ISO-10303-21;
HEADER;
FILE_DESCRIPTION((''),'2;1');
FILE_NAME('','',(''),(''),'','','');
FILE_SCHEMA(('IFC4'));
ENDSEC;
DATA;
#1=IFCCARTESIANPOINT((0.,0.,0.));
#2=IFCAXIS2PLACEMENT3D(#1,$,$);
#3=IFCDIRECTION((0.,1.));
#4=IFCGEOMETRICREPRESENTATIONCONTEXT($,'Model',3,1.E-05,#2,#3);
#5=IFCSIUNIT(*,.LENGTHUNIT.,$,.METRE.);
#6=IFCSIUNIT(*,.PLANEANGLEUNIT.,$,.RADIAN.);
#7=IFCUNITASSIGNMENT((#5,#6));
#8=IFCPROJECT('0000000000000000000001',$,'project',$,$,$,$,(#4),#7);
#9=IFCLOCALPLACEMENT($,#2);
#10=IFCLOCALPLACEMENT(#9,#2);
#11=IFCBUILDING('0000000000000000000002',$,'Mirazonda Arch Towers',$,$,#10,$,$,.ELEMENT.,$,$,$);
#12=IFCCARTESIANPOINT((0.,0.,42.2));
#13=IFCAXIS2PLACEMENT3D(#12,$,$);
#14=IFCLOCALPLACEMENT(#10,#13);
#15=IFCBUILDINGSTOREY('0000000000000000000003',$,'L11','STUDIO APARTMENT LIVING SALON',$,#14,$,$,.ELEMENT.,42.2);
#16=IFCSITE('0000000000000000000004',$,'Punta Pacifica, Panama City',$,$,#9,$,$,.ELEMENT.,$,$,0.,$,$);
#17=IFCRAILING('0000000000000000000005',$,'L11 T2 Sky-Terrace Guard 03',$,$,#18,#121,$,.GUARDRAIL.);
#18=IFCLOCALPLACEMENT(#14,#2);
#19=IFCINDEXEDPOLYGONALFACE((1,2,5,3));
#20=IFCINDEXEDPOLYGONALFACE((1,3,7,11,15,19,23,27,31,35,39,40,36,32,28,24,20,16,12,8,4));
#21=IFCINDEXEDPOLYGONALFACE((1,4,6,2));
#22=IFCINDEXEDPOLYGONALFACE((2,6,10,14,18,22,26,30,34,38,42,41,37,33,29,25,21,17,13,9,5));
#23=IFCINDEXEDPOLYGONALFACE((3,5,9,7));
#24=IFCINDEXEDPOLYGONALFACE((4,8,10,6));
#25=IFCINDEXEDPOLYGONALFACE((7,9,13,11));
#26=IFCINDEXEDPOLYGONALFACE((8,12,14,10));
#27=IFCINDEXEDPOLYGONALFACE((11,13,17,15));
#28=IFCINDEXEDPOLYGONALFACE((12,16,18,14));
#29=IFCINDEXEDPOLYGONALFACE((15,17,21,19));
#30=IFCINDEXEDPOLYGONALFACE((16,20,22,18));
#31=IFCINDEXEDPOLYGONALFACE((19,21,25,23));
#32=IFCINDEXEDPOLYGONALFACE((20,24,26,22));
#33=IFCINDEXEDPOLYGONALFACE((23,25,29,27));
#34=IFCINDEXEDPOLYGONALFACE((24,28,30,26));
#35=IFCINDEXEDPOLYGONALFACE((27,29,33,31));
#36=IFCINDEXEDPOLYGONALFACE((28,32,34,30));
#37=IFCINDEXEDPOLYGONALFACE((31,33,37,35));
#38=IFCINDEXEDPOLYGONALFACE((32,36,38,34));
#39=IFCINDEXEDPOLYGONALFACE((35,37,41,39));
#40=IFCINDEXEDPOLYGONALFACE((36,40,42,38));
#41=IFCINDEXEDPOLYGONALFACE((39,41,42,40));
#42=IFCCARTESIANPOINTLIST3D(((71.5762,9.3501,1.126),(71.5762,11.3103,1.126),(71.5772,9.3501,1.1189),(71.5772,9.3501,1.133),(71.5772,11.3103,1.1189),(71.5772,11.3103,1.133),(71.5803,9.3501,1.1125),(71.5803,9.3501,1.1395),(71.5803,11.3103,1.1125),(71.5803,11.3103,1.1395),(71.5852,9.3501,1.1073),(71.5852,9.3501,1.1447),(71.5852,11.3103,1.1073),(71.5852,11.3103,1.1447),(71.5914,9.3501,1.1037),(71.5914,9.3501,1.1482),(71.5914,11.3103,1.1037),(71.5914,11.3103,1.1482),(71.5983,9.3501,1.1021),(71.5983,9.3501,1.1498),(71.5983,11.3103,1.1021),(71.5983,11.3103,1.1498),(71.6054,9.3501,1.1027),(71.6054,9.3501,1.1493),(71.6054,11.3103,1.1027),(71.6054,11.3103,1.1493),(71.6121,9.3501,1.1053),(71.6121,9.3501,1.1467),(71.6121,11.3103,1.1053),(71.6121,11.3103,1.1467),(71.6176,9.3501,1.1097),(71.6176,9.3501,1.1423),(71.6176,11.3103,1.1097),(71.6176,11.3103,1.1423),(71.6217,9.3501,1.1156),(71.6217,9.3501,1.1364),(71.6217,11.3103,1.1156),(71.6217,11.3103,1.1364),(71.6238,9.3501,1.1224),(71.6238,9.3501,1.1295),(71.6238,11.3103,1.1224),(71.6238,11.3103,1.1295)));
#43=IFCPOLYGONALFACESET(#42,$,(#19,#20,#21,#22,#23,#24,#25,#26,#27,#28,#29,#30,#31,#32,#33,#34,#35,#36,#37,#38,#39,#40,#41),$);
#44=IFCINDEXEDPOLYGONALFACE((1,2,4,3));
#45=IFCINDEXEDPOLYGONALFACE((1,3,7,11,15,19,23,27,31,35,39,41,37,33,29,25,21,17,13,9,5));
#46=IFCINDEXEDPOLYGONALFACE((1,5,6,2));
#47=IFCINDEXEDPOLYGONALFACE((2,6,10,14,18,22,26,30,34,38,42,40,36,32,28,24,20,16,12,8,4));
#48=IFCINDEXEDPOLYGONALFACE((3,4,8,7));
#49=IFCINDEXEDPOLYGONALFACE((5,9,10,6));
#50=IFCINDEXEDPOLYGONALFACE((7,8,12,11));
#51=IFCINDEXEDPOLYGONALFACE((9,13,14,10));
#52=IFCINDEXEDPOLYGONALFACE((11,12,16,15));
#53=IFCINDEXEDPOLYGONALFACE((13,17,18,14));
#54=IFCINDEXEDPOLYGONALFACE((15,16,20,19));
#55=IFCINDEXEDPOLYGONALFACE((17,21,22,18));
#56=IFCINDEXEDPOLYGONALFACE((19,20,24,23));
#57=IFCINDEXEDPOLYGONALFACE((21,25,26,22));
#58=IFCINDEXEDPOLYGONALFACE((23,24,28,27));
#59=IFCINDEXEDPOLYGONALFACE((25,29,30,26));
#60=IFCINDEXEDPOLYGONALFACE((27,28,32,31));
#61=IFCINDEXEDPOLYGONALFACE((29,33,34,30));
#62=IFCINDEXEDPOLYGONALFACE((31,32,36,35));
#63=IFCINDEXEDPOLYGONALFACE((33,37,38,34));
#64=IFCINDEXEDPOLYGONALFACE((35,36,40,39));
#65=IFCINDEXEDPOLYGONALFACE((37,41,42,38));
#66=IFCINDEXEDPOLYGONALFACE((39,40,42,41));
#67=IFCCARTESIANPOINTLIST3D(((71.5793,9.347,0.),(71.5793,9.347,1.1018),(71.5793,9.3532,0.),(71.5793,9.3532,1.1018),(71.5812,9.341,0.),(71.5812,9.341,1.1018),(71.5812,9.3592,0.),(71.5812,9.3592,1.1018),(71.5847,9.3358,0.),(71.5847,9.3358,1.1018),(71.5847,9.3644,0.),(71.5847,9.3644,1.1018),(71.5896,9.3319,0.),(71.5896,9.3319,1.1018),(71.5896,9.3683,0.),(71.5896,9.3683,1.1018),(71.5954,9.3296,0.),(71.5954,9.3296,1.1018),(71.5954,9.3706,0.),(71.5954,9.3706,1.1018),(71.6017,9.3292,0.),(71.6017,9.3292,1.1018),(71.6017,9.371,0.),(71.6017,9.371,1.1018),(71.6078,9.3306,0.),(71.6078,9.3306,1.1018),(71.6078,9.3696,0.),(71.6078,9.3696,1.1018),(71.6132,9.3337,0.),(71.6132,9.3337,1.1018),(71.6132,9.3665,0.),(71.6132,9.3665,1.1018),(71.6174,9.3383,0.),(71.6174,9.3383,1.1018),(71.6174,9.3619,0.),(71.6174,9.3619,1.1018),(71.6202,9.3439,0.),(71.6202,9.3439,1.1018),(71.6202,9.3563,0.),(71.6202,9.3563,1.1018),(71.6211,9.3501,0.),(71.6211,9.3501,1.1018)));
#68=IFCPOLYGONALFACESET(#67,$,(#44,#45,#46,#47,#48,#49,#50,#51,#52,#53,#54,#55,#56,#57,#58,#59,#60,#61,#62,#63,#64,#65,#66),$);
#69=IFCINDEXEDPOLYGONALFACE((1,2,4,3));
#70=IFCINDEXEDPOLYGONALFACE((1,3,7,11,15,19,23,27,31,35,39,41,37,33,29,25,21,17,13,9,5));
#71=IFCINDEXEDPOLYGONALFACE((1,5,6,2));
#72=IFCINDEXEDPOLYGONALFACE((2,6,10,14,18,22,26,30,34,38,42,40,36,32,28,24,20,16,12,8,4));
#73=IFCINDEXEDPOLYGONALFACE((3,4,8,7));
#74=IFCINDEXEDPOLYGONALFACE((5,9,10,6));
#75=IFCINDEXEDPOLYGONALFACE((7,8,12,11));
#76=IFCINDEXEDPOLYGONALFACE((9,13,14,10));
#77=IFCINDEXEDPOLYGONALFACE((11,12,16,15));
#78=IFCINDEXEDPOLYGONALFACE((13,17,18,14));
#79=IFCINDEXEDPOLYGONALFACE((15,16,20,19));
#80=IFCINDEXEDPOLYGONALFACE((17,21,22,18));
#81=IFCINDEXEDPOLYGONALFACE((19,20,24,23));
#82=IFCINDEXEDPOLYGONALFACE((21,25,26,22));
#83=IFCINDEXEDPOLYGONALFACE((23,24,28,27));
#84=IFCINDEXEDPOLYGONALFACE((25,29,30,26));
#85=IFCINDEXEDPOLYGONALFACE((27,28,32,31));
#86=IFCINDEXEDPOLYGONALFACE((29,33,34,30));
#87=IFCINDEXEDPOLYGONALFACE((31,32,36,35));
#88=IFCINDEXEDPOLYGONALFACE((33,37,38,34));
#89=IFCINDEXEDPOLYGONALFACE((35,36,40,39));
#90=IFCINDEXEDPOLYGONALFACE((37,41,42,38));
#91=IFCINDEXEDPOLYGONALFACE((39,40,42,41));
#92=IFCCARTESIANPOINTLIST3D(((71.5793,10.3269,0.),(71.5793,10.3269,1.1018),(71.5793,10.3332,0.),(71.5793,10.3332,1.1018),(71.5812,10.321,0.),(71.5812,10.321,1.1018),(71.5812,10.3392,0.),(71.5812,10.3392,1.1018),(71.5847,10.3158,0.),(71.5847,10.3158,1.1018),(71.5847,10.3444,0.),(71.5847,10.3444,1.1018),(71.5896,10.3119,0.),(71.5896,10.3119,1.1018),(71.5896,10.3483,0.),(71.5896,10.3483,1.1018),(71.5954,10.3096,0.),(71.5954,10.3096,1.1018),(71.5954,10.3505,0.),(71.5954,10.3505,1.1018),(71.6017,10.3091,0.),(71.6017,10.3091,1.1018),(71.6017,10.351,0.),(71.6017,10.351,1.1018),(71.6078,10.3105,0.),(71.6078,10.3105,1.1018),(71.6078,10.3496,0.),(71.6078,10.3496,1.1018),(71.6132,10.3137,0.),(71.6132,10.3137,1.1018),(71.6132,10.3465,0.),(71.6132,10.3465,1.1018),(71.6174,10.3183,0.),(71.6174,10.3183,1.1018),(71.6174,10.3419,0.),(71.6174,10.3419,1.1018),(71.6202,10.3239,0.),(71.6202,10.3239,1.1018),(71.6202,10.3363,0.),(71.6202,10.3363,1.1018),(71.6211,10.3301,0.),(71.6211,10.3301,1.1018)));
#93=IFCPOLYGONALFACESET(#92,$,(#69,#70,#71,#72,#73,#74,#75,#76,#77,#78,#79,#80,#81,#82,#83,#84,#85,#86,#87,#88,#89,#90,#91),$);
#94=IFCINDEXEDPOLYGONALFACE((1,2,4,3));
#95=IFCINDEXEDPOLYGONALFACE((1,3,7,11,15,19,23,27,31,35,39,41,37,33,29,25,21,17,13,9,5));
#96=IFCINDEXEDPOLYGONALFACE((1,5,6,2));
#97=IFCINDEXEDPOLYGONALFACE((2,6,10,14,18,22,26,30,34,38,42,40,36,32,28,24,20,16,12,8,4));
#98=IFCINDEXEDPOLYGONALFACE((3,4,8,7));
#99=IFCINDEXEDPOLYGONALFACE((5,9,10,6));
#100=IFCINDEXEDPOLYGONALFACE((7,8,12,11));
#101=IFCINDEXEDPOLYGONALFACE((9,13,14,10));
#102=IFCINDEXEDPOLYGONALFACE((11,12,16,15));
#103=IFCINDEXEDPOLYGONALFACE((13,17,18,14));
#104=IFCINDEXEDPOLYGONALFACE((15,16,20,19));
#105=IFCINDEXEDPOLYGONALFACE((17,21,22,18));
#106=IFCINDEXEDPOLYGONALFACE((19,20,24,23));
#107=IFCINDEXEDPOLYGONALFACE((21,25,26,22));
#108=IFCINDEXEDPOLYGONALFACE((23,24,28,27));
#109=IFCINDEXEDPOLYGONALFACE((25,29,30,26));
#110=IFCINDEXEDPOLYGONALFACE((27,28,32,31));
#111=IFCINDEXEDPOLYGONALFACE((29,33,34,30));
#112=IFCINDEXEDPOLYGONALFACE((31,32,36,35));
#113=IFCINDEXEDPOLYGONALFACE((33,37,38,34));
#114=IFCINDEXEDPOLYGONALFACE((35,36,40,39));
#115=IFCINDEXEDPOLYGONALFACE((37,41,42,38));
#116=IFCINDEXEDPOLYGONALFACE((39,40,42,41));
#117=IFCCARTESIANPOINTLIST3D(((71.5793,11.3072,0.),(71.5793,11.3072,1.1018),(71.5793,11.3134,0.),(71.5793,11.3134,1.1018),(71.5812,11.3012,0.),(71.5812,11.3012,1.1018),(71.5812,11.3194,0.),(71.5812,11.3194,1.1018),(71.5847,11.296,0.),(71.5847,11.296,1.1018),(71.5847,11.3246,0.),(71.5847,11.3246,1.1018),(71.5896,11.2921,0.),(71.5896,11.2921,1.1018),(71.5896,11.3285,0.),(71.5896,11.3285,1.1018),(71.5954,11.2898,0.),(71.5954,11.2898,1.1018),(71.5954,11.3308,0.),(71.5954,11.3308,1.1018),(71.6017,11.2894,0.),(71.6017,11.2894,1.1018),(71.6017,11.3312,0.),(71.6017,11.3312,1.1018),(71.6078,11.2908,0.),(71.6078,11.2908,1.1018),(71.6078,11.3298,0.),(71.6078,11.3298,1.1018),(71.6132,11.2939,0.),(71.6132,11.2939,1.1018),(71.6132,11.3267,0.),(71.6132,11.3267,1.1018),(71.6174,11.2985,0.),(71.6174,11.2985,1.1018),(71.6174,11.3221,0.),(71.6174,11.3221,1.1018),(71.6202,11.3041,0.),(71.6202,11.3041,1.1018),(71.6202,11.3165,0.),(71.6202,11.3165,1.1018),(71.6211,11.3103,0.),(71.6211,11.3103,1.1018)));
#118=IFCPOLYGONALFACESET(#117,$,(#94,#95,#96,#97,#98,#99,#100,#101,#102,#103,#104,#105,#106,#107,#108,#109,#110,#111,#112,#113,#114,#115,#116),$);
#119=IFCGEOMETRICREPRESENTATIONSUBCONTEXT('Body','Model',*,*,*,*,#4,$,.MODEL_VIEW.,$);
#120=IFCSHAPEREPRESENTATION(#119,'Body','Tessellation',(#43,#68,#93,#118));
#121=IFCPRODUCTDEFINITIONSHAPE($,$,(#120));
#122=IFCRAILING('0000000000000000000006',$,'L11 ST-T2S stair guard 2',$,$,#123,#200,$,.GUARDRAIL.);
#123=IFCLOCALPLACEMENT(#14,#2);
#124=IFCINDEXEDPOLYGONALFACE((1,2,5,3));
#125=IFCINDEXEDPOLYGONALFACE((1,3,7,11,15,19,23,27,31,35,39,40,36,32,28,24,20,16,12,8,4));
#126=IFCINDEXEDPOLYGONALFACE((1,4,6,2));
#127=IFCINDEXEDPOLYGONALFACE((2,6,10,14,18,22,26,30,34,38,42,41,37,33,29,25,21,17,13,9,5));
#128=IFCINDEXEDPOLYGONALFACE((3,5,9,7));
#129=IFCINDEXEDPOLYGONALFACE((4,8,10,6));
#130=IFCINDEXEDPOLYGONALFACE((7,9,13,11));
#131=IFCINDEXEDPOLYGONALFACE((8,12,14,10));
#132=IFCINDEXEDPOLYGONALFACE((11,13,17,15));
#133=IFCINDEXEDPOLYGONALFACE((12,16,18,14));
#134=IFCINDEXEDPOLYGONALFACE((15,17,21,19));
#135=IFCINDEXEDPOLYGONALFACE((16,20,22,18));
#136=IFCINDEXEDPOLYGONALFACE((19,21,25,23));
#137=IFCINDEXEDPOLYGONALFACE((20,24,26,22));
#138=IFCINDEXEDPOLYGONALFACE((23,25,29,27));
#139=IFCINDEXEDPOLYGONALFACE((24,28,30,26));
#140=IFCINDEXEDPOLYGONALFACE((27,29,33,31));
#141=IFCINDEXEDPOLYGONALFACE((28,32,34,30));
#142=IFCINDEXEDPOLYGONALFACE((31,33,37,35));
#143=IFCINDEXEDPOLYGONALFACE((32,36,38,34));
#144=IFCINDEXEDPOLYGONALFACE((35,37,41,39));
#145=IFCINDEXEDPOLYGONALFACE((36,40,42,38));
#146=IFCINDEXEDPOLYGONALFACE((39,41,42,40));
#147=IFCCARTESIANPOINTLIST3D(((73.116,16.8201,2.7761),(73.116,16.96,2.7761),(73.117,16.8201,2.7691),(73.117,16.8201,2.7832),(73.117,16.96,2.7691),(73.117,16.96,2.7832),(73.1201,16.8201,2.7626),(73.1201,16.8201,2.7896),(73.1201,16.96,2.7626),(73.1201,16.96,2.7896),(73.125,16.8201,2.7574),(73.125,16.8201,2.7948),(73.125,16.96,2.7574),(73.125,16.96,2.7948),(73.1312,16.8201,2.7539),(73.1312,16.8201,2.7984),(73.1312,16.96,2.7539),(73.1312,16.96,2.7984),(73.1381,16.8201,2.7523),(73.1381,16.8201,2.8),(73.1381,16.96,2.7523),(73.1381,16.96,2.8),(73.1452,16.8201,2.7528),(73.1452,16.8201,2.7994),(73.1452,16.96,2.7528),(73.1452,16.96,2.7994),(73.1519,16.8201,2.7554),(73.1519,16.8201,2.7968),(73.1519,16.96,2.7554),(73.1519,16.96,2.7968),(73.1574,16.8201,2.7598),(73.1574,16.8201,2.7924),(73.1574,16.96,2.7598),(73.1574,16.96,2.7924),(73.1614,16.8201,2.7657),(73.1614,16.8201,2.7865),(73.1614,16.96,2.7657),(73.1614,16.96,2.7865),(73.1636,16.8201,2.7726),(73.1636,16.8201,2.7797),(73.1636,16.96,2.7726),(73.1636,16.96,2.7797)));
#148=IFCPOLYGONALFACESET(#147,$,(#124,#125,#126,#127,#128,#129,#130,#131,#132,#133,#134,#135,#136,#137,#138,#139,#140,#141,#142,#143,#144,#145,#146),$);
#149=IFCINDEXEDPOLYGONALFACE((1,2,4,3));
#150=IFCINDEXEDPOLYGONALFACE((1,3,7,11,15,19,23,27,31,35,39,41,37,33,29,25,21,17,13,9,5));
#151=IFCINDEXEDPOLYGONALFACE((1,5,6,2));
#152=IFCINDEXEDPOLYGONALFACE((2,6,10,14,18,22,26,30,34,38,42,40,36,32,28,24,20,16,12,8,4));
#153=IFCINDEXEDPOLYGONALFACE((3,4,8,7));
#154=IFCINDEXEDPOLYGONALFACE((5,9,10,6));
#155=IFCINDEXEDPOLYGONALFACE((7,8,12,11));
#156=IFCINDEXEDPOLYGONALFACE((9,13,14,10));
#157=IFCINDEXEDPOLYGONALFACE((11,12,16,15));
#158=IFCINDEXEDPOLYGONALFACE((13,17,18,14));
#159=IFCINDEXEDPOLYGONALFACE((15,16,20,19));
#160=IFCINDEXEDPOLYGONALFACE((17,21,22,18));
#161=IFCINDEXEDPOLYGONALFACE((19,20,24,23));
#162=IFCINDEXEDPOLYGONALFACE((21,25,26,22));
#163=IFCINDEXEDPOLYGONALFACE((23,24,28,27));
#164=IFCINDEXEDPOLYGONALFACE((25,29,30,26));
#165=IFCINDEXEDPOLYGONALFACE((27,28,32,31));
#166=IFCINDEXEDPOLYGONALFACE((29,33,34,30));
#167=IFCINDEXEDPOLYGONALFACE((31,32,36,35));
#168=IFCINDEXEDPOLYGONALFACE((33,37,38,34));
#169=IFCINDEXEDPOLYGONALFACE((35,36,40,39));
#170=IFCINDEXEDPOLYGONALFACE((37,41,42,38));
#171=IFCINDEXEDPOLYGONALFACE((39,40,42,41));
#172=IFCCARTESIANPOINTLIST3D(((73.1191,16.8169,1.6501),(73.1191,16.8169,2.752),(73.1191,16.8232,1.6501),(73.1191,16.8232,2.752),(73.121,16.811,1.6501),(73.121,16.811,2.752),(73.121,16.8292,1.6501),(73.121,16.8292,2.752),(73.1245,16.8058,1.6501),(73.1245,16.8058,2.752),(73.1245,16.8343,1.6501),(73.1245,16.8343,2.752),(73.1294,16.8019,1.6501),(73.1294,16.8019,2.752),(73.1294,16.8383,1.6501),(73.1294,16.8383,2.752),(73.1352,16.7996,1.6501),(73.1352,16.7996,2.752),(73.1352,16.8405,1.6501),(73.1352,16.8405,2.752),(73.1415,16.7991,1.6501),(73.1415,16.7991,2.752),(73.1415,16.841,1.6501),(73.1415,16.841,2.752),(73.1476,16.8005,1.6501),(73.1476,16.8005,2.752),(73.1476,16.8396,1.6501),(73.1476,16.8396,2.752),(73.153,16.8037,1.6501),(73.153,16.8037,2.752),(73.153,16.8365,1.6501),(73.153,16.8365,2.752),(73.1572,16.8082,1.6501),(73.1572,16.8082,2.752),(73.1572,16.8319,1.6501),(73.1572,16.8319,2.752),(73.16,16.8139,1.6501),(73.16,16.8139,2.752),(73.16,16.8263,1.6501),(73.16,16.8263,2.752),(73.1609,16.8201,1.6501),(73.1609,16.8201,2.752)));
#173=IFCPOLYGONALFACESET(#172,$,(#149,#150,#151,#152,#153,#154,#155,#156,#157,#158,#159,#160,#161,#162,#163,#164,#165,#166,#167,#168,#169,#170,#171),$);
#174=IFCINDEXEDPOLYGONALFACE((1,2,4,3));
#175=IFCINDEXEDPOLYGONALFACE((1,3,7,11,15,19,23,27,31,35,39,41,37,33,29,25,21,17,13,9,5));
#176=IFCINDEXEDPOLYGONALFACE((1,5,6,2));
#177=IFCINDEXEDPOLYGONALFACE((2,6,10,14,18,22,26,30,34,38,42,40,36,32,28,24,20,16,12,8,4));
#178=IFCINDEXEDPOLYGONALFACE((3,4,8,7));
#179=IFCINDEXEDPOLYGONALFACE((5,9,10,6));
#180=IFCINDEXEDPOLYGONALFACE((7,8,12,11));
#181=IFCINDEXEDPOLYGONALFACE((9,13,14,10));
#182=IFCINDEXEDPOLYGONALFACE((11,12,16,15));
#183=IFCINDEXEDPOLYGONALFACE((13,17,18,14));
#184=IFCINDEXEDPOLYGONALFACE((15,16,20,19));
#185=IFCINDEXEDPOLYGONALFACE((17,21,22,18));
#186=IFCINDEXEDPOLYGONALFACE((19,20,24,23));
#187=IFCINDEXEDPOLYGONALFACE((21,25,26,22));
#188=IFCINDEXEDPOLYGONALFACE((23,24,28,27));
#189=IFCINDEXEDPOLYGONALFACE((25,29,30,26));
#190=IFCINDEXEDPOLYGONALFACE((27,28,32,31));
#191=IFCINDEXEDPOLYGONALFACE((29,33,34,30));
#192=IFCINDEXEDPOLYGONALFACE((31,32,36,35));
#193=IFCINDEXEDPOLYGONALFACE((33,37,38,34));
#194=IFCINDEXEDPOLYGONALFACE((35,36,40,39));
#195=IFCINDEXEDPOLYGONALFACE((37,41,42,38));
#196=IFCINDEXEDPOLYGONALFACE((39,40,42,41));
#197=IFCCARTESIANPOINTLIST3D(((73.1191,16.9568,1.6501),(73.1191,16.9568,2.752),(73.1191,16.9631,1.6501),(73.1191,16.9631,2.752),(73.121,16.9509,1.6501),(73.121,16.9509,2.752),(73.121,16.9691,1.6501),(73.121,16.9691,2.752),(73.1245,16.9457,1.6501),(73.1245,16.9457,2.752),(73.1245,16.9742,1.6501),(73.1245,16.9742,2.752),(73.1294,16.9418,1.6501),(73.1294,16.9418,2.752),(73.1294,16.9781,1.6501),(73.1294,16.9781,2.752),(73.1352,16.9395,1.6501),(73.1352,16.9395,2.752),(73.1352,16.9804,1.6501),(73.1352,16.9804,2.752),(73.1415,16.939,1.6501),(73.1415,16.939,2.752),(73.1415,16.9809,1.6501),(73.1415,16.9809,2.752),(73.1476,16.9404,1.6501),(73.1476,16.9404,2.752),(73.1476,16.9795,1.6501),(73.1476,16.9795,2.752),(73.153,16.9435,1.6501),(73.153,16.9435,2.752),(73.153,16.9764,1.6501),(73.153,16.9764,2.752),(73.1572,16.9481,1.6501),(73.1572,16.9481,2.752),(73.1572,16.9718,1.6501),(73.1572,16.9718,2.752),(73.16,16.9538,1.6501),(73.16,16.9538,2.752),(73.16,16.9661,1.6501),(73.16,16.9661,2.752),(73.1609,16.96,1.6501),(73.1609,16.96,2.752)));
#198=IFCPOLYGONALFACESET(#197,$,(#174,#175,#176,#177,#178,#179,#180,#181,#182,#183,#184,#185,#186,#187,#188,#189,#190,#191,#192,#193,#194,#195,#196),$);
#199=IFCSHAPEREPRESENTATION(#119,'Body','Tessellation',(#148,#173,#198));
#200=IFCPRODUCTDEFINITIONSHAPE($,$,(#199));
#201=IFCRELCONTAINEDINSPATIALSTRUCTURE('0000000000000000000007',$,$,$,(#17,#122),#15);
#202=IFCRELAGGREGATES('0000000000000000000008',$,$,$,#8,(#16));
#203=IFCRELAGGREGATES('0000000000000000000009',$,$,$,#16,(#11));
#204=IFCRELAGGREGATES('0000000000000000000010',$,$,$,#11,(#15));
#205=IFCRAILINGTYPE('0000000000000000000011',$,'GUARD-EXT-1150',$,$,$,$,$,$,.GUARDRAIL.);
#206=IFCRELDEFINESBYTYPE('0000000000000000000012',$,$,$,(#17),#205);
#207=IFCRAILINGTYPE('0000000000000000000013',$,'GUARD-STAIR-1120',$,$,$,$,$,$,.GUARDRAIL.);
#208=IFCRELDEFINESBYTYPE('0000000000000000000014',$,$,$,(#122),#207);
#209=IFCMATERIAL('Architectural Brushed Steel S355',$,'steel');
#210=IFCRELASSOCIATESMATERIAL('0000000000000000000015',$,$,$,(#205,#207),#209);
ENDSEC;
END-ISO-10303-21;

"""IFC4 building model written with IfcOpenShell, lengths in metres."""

from ifc_helpers import new_model, si_unit, direction, frame, origin, origin_2d, place, context, subcontext, project, spatial, circle, extrude, material, type_object, element, save


model = new_model("IFC4")

# Units and contexts
model_context = context("Model", 3, precision=1e-05, world=origin(), true_north=direction((0.0, 1.0)))
body_context = subcontext(model_context, "Body", "Model", "MODEL_VIEW")
ifc_project = project(units=[si_unit("LENGTHUNIT", "METRE"), si_unit("PLANEANGLEUNIT", "RADIAN")], contexts=[model_context])

# Site, building, storey
site_placement = place(None, origin())
site = spatial("IfcSite", under=ifc_project, at=site_placement, Name="Punta Pacifica, Panama City", CompositionType="ELEMENT", RefElevation=0.0)
building_placement = place(site_placement, origin())
building = spatial("IfcBuilding", under=site, at=building_placement, Name="Mirazonda Arch Towers", CompositionType="ELEMENT")
storey_placement = place(building_placement, frame((0.0, 0.0, 42.2)))
storey = spatial("IfcBuildingStorey", under=building, at=storey_placement, Name="L11", Description="STUDIO APARTMENT LIVING SALON", CompositionType="ELEMENT", Elevation=42.2)

# Railings
ifc_material_1 = material(Name="Architectural Brushed Steel S355", Category="steel")
railing_type_1 = type_object("IfcRailingType", Name="GUARD-EXT-1150", PredefinedType="GUARDRAIL", material=ifc_material_1)
railing_1_placement = place(storey_placement, frame((71.6001, 9.3501, 0.0)))
element("IfcRailing", 1, at=railing_1_placement, inside=storey, type_object=railing_type_1, Name="L11 T2 Sky-Terrace Guard 03", PredefinedType="GUARDRAIL", context=body_context, shape_type="SweptSolid", body=[
    extrude(circle(Radius=0.0239, at=origin_2d()), frame((0.0, 0.0, 1.126), z_axis=(0.0, 1.0, 0.0), x_axis=(-1.0, 0.0, 0.0)), (0.0, 0.0, 1.0), 1.9602),
    extrude(circle(Radius=0.021, at=origin_2d()), origin(), (0.0, 0.0, 1.0), 1.1018),
    extrude(circle(Radius=0.021, at=origin_2d()), frame((0.0, 0.98, 0.0)), (0.0, 0.0, 1.0), 1.1018),
    extrude(circle(Radius=0.021, at=origin_2d()), frame((0.0, 1.9602, 0.0)), (0.0, 0.0, 1.0), 1.1018),
])
railing_type_2 = type_object("IfcRailingType", Name="GUARD-STAIR-1120", PredefinedType="GUARDRAIL", material=ifc_material_1)
railing_2_placement = place(storey_placement, frame((73.1399, 16.8201, 1.6501)))
element("IfcRailing", 2, at=railing_2_placement, inside=storey, type_object=railing_type_2, Name="L11 ST-T2S stair guard 2", PredefinedType="GUARDRAIL", context=body_context, shape_type="SweptSolid", body=[
    extrude(circle(Radius=0.0239, at=origin_2d()), frame((0.0, 0.0, 1.126), z_axis=(0.0, 1.0, 0.0), x_axis=(-1.0, 0.0, 0.0)), (0.0, 0.0, 1.0), 0.1399),
    extrude(circle(Radius=0.021, at=origin_2d()), origin(), (0.0, 0.0, 1.0), 1.1018),
    extrude(circle(Radius=0.021, at=origin_2d()), frame((0.0, 0.1399, 0.0)), (0.0, 0.0, 1.0), 1.1018),
])

save(model, "model.ifc")
